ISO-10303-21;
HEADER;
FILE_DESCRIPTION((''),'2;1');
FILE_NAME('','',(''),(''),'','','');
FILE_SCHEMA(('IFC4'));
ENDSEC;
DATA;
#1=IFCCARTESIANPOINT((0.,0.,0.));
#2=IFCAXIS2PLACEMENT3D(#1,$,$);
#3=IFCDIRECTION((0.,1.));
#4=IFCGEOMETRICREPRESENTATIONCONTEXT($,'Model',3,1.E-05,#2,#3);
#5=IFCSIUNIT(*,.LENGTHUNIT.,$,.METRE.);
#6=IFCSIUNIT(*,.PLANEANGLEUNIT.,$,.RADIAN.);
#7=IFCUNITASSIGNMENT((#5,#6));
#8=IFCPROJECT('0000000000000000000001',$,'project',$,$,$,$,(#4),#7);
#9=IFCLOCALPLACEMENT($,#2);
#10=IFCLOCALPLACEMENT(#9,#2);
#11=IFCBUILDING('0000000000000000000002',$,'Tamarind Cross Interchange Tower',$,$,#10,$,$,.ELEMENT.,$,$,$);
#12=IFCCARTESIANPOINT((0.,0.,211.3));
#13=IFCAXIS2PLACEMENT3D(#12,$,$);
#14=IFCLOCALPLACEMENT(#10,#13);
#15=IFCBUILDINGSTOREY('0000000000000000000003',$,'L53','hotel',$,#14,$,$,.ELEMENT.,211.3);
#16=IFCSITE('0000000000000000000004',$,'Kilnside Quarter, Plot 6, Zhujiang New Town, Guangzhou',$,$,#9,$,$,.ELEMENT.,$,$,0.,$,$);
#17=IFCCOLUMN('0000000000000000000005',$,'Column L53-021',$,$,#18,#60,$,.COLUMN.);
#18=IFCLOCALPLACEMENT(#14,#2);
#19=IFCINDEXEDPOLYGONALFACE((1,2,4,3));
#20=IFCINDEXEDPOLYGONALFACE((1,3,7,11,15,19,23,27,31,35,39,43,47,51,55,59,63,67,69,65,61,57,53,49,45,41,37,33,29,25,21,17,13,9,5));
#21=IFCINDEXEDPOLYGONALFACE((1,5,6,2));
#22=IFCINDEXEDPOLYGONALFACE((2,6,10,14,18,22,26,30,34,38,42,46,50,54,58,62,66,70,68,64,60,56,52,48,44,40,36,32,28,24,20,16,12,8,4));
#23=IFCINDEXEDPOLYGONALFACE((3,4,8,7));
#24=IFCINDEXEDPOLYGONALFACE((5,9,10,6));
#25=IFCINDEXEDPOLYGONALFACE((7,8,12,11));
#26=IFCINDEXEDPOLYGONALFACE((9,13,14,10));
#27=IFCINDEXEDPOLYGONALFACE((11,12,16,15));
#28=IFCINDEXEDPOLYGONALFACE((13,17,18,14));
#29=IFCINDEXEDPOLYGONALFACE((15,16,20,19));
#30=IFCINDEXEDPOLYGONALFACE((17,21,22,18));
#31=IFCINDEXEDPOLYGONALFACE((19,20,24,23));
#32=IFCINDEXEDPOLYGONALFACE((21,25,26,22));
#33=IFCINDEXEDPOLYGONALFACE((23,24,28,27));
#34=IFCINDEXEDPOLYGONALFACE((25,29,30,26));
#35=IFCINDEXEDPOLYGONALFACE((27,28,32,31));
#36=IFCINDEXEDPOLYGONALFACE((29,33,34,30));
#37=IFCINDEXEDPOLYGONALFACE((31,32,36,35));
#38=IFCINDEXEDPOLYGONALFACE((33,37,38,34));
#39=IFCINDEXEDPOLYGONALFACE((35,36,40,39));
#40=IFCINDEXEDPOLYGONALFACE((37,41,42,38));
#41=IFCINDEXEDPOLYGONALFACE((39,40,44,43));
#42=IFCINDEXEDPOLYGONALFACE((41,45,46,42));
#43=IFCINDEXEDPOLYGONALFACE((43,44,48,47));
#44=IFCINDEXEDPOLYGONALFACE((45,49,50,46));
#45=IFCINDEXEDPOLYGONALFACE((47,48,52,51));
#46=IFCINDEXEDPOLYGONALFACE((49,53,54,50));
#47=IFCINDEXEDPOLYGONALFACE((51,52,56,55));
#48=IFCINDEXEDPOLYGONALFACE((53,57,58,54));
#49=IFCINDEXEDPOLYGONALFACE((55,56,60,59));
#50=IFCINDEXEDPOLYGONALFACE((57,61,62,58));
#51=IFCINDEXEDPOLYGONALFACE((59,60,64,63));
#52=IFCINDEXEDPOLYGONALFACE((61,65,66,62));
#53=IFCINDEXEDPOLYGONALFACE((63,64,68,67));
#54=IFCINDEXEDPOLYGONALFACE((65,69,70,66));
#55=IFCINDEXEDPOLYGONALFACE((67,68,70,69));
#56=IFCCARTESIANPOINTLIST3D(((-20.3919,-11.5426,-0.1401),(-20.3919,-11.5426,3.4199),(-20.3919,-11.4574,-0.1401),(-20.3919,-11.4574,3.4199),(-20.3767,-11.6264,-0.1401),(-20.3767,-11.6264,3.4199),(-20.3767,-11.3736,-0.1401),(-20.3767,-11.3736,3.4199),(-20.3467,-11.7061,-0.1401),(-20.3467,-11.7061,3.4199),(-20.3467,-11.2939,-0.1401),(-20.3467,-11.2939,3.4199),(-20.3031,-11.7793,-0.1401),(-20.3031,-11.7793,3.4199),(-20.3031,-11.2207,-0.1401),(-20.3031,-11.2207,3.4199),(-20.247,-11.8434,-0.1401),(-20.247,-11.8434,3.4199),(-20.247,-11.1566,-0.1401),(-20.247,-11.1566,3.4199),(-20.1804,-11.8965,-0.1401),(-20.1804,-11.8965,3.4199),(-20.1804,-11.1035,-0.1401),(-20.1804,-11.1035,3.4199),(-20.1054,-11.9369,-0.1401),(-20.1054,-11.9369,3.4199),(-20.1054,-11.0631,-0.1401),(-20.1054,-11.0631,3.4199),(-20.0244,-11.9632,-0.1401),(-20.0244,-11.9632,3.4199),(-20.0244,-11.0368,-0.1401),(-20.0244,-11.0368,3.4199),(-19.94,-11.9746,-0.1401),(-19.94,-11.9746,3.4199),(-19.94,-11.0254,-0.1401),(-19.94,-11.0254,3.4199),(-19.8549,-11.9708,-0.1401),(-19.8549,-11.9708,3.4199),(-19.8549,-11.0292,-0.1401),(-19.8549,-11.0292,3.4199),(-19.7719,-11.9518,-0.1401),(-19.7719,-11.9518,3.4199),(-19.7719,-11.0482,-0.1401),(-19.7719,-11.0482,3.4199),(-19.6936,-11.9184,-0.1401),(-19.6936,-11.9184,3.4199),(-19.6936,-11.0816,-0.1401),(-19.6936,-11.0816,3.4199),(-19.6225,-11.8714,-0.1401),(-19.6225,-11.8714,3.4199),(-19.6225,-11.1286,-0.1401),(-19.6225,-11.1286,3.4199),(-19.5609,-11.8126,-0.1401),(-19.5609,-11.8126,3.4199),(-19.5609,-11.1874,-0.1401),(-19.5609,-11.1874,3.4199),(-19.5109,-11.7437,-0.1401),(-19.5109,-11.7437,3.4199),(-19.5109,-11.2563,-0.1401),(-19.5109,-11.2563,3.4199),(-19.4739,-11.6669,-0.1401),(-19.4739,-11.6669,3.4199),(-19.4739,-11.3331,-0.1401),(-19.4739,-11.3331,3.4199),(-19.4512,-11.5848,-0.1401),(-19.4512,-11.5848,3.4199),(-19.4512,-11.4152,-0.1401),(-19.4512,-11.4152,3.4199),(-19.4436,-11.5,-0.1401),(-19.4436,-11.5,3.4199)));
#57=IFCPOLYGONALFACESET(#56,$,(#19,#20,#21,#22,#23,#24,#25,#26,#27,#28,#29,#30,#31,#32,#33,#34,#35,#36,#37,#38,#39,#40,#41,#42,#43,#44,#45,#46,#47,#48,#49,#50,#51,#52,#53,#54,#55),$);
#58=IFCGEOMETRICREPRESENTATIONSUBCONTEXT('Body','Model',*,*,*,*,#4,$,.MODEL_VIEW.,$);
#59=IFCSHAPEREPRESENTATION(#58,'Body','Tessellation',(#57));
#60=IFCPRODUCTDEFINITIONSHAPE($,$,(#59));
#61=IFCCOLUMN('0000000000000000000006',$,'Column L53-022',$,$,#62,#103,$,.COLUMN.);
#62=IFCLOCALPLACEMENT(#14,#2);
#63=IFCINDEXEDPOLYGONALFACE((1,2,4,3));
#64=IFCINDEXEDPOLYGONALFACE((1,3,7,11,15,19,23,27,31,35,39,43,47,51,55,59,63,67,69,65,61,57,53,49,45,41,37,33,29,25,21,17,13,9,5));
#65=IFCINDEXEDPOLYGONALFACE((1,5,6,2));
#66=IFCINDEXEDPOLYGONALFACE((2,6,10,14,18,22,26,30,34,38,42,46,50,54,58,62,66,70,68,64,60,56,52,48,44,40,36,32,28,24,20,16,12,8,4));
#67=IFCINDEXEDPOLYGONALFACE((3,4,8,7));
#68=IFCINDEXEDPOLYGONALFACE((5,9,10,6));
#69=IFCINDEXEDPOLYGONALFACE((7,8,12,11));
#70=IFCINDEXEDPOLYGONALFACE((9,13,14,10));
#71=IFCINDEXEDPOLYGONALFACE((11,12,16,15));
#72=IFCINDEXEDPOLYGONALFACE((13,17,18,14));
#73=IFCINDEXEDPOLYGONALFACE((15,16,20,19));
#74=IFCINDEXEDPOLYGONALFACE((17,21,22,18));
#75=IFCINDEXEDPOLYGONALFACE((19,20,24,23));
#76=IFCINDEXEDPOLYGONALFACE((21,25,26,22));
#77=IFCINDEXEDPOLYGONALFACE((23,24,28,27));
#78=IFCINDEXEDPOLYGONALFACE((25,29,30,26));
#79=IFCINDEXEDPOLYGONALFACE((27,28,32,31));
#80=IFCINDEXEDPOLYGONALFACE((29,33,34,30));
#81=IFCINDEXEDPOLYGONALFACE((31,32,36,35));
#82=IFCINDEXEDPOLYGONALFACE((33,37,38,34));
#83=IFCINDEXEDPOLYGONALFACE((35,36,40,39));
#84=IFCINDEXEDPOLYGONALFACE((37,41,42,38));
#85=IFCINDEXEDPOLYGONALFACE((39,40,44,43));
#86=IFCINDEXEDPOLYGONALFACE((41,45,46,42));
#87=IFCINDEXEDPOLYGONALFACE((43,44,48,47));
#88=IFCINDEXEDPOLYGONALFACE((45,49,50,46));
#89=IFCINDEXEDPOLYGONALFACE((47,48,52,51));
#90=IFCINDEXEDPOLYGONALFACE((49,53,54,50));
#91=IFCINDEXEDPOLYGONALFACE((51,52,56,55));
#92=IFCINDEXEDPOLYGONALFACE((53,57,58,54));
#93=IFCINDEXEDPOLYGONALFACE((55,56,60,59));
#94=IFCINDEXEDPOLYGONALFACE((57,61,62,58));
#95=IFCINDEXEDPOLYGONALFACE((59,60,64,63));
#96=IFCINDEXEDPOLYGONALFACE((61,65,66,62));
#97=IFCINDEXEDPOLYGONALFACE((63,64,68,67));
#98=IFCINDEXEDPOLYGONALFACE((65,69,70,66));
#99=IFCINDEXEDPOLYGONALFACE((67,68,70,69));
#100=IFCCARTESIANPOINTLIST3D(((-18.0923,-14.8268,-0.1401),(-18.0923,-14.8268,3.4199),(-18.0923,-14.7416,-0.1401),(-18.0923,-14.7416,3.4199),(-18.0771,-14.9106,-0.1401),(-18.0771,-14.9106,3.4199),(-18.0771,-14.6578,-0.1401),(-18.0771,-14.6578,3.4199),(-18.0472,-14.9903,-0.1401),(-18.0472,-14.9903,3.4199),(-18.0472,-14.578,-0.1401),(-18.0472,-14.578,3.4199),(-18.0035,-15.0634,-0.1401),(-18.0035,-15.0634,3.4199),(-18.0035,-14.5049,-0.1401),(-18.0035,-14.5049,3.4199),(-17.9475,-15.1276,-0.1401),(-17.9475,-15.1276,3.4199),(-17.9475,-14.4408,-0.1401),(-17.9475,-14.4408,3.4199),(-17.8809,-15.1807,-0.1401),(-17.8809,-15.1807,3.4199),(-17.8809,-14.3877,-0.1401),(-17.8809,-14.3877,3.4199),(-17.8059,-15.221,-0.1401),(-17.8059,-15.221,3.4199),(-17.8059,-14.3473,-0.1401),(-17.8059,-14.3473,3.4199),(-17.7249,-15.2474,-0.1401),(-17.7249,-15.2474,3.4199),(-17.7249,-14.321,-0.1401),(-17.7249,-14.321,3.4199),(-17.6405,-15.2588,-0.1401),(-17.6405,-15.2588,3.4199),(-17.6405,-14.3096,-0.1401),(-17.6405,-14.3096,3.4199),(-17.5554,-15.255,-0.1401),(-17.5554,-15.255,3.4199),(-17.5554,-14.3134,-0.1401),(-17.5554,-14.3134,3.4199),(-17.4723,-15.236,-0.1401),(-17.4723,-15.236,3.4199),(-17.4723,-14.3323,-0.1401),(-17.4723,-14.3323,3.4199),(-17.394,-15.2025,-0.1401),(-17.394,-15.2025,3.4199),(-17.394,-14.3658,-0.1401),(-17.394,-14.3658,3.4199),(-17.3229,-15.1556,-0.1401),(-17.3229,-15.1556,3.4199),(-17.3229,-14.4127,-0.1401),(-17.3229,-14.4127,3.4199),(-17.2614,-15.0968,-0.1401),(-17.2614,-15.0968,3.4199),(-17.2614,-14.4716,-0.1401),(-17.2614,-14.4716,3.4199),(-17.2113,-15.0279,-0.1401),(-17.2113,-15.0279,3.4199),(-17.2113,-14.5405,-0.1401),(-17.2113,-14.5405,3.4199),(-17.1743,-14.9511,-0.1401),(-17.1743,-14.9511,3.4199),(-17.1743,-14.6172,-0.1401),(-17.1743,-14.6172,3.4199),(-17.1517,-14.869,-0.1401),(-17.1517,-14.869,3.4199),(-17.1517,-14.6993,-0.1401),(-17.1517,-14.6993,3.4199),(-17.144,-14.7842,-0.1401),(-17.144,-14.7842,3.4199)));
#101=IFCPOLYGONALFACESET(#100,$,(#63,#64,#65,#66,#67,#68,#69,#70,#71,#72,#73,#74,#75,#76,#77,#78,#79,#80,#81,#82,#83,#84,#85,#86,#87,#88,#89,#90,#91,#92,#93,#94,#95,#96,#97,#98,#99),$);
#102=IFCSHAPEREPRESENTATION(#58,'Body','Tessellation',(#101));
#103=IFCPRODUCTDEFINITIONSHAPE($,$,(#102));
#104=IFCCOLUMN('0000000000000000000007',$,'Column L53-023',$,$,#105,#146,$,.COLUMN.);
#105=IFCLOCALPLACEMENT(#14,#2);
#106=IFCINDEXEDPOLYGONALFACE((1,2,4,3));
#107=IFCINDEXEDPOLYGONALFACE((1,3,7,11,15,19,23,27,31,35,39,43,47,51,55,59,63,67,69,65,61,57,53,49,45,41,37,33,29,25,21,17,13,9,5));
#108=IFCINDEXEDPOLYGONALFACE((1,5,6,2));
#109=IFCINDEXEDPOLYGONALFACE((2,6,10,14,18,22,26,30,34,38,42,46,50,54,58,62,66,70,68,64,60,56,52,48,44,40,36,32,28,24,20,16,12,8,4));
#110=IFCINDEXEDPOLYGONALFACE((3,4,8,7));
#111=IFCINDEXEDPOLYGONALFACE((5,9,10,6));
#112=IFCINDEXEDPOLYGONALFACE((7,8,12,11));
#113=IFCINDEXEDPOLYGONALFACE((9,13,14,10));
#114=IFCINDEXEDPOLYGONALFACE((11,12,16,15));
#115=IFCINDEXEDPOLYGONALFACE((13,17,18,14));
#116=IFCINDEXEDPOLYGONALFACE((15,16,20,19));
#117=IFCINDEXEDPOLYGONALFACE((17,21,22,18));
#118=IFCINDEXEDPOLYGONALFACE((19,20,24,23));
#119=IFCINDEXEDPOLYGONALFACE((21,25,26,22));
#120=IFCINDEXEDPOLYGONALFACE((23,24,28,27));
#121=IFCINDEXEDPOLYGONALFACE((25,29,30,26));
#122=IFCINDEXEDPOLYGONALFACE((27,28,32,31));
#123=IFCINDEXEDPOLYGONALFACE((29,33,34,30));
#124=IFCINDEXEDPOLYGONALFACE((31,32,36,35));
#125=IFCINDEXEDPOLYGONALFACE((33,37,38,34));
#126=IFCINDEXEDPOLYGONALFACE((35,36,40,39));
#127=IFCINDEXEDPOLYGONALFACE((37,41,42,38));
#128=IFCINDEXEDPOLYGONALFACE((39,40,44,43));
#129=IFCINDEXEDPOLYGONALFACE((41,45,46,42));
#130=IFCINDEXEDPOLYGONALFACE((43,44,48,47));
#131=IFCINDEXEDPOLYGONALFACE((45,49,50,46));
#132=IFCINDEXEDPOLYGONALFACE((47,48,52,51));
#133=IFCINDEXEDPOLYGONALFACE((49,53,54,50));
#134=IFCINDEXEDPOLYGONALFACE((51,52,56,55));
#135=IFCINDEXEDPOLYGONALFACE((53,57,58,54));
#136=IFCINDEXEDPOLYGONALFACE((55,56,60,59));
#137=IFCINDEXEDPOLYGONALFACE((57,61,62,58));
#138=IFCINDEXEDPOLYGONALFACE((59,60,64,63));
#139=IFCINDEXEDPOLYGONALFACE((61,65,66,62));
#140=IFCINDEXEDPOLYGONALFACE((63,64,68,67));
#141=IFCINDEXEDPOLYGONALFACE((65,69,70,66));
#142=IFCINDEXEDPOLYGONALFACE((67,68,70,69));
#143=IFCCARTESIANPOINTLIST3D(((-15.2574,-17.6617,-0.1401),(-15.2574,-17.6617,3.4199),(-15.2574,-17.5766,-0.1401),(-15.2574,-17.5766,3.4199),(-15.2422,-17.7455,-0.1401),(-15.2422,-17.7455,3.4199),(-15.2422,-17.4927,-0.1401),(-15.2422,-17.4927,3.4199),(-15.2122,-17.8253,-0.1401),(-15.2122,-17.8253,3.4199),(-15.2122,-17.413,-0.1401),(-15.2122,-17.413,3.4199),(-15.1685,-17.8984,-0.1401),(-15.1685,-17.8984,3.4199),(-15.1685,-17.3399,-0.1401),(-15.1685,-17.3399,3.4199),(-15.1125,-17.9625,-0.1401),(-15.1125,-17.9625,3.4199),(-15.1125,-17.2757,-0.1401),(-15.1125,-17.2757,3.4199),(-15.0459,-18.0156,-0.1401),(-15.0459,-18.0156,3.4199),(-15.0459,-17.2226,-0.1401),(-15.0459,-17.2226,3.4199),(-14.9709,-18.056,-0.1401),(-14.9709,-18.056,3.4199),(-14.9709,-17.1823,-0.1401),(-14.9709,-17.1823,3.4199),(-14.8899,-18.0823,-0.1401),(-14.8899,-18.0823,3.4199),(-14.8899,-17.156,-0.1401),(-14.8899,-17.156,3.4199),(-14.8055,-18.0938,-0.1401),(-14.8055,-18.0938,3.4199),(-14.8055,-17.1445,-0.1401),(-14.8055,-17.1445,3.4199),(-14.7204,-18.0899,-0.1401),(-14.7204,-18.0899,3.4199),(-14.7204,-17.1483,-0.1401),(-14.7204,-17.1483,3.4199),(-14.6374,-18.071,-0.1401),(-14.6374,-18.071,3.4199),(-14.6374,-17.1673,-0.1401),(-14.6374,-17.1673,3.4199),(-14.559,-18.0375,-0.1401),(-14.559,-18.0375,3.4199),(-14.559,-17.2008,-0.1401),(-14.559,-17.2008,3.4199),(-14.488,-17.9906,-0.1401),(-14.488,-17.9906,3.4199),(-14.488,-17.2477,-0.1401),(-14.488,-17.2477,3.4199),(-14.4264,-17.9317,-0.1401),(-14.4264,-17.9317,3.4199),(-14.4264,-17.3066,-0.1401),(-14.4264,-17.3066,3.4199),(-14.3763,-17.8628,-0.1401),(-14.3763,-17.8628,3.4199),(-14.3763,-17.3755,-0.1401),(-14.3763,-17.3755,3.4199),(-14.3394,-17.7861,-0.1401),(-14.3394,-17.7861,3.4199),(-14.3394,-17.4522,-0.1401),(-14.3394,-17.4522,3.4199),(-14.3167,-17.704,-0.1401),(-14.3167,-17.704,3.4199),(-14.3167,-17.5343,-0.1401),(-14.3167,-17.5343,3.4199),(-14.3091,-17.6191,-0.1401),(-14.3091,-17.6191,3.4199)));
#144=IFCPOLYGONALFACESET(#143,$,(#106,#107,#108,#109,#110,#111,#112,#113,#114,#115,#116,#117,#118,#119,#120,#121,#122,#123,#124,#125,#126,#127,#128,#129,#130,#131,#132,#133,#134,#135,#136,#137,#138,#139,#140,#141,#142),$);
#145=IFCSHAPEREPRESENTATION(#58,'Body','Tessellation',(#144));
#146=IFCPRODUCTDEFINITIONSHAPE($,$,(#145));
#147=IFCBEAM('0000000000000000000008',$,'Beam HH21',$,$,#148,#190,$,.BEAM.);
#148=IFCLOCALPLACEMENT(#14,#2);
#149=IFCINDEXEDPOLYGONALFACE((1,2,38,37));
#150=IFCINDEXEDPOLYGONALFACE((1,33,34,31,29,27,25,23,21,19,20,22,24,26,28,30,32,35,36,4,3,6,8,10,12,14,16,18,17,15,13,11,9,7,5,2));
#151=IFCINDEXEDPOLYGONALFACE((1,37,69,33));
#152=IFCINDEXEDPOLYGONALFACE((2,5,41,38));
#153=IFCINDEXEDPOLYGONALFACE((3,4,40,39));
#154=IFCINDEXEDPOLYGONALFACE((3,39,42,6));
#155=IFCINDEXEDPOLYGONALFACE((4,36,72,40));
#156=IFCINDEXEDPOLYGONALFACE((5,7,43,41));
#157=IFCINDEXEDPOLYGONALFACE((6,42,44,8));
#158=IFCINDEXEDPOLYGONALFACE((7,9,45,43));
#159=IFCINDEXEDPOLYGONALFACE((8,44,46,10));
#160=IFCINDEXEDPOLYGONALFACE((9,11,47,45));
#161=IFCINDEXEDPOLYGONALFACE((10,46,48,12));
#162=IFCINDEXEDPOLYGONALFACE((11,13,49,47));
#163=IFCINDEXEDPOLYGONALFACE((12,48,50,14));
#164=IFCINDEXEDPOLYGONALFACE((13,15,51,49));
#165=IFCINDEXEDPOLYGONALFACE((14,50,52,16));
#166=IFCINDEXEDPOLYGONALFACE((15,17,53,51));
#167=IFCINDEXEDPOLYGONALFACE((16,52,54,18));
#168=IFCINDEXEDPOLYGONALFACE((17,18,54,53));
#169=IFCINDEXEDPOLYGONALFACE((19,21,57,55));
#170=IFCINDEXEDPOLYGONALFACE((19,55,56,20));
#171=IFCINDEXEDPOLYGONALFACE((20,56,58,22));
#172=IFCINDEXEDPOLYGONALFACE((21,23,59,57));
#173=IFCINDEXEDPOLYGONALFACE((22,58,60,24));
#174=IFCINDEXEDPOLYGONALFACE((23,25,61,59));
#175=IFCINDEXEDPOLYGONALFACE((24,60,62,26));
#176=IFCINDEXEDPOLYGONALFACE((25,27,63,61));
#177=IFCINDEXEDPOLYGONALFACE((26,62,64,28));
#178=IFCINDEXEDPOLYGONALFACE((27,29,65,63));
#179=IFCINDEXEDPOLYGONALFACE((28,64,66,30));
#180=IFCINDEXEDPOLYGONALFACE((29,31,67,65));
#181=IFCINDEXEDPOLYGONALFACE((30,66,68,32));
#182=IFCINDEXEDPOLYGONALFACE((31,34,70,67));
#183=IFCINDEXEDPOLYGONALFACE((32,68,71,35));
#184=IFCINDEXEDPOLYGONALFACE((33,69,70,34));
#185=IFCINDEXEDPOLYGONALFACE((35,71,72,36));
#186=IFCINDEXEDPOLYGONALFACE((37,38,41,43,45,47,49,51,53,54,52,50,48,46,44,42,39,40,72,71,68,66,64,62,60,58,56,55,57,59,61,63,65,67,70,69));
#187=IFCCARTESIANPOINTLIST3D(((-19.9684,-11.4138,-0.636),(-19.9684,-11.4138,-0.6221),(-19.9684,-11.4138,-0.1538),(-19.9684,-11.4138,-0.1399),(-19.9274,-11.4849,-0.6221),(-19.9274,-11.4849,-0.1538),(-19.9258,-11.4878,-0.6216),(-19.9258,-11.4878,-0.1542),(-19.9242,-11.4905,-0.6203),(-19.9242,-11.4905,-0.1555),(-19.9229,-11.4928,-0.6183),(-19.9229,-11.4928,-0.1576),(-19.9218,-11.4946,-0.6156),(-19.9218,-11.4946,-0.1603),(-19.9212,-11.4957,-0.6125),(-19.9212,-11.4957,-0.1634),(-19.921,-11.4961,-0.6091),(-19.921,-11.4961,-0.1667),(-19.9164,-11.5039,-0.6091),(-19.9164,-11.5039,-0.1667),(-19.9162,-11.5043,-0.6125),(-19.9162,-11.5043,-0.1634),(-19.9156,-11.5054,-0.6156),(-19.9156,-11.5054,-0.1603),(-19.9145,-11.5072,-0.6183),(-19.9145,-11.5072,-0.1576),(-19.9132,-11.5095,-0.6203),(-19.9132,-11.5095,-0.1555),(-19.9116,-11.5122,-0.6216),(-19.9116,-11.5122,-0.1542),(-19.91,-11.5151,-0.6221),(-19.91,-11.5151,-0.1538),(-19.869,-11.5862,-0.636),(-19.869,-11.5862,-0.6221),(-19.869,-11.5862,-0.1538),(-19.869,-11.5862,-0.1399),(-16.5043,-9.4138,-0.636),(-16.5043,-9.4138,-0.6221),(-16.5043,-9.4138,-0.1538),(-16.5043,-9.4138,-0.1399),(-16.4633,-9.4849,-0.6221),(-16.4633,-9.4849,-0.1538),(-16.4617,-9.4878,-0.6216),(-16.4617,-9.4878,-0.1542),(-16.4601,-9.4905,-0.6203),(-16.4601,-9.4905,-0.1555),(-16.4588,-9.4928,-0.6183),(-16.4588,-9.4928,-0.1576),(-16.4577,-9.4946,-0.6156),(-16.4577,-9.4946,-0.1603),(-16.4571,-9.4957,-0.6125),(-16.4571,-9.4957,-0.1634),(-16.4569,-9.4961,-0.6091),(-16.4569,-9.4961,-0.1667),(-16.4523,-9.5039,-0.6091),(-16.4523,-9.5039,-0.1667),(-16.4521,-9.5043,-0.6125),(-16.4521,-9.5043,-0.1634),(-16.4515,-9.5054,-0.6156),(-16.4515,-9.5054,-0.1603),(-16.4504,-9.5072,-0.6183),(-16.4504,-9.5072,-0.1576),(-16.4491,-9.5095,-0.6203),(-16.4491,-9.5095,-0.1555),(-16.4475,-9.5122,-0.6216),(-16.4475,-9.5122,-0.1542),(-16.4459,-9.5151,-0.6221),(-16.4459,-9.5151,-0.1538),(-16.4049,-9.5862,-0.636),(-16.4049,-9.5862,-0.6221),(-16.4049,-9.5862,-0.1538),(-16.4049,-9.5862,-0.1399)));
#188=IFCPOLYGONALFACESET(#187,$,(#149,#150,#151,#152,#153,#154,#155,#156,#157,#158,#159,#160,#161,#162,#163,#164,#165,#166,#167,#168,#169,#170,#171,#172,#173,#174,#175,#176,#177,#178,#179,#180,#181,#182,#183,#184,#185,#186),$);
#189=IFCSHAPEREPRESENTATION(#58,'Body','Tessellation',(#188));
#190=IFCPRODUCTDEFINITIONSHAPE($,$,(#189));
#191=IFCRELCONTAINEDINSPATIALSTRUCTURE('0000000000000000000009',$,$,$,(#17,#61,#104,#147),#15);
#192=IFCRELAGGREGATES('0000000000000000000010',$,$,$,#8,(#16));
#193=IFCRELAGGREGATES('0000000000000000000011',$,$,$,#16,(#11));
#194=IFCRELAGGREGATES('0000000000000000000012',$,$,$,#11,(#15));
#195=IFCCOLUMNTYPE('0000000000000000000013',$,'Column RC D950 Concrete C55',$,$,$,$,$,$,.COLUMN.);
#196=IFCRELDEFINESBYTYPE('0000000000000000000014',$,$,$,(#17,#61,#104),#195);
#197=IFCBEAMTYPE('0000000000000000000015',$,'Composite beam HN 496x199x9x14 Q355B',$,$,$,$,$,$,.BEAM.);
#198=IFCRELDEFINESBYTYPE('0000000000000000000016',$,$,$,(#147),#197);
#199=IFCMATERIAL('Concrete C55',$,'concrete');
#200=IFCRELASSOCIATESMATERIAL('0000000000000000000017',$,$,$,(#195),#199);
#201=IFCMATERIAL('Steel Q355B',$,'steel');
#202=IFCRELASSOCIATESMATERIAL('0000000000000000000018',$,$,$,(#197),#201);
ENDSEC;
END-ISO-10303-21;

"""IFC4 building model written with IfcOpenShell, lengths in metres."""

from ifc_helpers import new_model, si_unit, direction, frame, origin, origin_2d, place, context, subcontext, project, spatial, circle, i_section, extrude, material, material_profile, profile_set, type_object, element, save


model = new_model("IFC4")

# Units and contexts
model_context = context("Model", 3, precision=1e-05, world=origin(), true_north=direction((0.0, 1.0)))
body_context = subcontext(model_context, "Body", "Model", "MODEL_VIEW")
ifc_project = project(units=[si_unit("LENGTHUNIT", "METRE"), si_unit("PLANEANGLEUNIT", "RADIAN")], contexts=[model_context])

# Site, building, storey
site_placement = place(None, origin())
site = spatial("IfcSite", under=ifc_project, at=site_placement, Name="Kilnside Quarter, Plot 6, Zhujiang New Town, Guangzhou", CompositionType="ELEMENT", RefElevation=0.0)
building_placement = place(site_placement, origin())
building = spatial("IfcBuilding", under=site, at=building_placement, Name="Tamarind Cross Interchange Tower", CompositionType="ELEMENT")
storey_placement = place(building_placement, frame((0.0, 0.0, 211.3)))
storey = spatial("IfcBuildingStorey", under=building, at=storey_placement, Name="L53", Description="hotel", CompositionType="ELEMENT", Elevation=211.3)

# Columns
ifc_material_1 = material(Name="Concrete C55", Category="concrete")
ifc_material_profile_1 = material_profile(ifc_material_1, circle(Radius=0.4751, at=origin_2d()), Name="RC D950")
ifc_profile_set_1 = profile_set([ifc_material_profile_1], Name="Concrete C55")
column_type = type_object("IfcColumnType", Name="Column RC D950 Concrete C55", PredefinedType="COLUMN", material=ifc_profile_set_1)
for number, where, z_axis, x_axis, name in (
    (1, (-19.9187, -11.5, -0.1401), (0.0, 0.0, 1.0), (1.0, 0.0, 0.0), "Column L53-021"),
    (2, (-17.6191, -14.7842, -0.1401), (0.0, 0.0, 1.0), (1.0, 0.0, 0.0), "Column L53-022"),
    (3, (-14.7842, -17.6191, -0.1401), (0.0, 0.0, 1.0), (1.0, 0.0, 0.0), "Column L53-023"),
):
    element("IfcColumn", number, at=place(storey_placement, frame(where, z_axis=z_axis, x_axis=x_axis)), inside=storey, type_object=column_type, Name=name, PredefinedType="COLUMN", context=body_context, shape_type="SweptSolid", body=[
        extrude(circle(Radius=0.4751, at=origin_2d()), origin(), (0.0, 0.0, 1.0), 3.5601),
    ])

# Beam
ifc_material_2 = material(Name="Steel Q355B", Category="steel")
ifc_material_profile_2 = material_profile(ifc_material_2, i_section(OverallWidth=0.199, OverallDepth=0.4961, WebThickness=0.009, FlangeThickness=0.0139, FilletRadius=0.0129, at=origin_2d()), Name="HN 496x199x9x14")
ifc_profile_set_2 = profile_set([ifc_material_profile_2], Name="Steel Q355B")
beam_type = type_object("IfcBeamType", Name="Composite beam HN 496x199x9x14 Q355B", PredefinedType="BEAM", material=ifc_profile_set_2)
beam_1_placement = place(storey_placement, frame((-19.9187, -11.5, -0.3879), z_axis=(0.866026, 0.499999, 0.0), x_axis=(-0.499999, 0.866026, 0.0)))
element("IfcBeam", 4, at=beam_1_placement, inside=storey, type_object=beam_type, Name="Beam HH21", PredefinedType="BEAM", context=body_context, shape_type="SweptSolid", body=[
    extrude(i_section(OverallWidth=0.199, OverallDepth=0.4961, WebThickness=0.009, FlangeThickness=0.0139, FilletRadius=0.0129, at=origin_2d()), origin(), (0.0, 0.0, 1.0), 4.0),
])

save(model, "model.ifc")
